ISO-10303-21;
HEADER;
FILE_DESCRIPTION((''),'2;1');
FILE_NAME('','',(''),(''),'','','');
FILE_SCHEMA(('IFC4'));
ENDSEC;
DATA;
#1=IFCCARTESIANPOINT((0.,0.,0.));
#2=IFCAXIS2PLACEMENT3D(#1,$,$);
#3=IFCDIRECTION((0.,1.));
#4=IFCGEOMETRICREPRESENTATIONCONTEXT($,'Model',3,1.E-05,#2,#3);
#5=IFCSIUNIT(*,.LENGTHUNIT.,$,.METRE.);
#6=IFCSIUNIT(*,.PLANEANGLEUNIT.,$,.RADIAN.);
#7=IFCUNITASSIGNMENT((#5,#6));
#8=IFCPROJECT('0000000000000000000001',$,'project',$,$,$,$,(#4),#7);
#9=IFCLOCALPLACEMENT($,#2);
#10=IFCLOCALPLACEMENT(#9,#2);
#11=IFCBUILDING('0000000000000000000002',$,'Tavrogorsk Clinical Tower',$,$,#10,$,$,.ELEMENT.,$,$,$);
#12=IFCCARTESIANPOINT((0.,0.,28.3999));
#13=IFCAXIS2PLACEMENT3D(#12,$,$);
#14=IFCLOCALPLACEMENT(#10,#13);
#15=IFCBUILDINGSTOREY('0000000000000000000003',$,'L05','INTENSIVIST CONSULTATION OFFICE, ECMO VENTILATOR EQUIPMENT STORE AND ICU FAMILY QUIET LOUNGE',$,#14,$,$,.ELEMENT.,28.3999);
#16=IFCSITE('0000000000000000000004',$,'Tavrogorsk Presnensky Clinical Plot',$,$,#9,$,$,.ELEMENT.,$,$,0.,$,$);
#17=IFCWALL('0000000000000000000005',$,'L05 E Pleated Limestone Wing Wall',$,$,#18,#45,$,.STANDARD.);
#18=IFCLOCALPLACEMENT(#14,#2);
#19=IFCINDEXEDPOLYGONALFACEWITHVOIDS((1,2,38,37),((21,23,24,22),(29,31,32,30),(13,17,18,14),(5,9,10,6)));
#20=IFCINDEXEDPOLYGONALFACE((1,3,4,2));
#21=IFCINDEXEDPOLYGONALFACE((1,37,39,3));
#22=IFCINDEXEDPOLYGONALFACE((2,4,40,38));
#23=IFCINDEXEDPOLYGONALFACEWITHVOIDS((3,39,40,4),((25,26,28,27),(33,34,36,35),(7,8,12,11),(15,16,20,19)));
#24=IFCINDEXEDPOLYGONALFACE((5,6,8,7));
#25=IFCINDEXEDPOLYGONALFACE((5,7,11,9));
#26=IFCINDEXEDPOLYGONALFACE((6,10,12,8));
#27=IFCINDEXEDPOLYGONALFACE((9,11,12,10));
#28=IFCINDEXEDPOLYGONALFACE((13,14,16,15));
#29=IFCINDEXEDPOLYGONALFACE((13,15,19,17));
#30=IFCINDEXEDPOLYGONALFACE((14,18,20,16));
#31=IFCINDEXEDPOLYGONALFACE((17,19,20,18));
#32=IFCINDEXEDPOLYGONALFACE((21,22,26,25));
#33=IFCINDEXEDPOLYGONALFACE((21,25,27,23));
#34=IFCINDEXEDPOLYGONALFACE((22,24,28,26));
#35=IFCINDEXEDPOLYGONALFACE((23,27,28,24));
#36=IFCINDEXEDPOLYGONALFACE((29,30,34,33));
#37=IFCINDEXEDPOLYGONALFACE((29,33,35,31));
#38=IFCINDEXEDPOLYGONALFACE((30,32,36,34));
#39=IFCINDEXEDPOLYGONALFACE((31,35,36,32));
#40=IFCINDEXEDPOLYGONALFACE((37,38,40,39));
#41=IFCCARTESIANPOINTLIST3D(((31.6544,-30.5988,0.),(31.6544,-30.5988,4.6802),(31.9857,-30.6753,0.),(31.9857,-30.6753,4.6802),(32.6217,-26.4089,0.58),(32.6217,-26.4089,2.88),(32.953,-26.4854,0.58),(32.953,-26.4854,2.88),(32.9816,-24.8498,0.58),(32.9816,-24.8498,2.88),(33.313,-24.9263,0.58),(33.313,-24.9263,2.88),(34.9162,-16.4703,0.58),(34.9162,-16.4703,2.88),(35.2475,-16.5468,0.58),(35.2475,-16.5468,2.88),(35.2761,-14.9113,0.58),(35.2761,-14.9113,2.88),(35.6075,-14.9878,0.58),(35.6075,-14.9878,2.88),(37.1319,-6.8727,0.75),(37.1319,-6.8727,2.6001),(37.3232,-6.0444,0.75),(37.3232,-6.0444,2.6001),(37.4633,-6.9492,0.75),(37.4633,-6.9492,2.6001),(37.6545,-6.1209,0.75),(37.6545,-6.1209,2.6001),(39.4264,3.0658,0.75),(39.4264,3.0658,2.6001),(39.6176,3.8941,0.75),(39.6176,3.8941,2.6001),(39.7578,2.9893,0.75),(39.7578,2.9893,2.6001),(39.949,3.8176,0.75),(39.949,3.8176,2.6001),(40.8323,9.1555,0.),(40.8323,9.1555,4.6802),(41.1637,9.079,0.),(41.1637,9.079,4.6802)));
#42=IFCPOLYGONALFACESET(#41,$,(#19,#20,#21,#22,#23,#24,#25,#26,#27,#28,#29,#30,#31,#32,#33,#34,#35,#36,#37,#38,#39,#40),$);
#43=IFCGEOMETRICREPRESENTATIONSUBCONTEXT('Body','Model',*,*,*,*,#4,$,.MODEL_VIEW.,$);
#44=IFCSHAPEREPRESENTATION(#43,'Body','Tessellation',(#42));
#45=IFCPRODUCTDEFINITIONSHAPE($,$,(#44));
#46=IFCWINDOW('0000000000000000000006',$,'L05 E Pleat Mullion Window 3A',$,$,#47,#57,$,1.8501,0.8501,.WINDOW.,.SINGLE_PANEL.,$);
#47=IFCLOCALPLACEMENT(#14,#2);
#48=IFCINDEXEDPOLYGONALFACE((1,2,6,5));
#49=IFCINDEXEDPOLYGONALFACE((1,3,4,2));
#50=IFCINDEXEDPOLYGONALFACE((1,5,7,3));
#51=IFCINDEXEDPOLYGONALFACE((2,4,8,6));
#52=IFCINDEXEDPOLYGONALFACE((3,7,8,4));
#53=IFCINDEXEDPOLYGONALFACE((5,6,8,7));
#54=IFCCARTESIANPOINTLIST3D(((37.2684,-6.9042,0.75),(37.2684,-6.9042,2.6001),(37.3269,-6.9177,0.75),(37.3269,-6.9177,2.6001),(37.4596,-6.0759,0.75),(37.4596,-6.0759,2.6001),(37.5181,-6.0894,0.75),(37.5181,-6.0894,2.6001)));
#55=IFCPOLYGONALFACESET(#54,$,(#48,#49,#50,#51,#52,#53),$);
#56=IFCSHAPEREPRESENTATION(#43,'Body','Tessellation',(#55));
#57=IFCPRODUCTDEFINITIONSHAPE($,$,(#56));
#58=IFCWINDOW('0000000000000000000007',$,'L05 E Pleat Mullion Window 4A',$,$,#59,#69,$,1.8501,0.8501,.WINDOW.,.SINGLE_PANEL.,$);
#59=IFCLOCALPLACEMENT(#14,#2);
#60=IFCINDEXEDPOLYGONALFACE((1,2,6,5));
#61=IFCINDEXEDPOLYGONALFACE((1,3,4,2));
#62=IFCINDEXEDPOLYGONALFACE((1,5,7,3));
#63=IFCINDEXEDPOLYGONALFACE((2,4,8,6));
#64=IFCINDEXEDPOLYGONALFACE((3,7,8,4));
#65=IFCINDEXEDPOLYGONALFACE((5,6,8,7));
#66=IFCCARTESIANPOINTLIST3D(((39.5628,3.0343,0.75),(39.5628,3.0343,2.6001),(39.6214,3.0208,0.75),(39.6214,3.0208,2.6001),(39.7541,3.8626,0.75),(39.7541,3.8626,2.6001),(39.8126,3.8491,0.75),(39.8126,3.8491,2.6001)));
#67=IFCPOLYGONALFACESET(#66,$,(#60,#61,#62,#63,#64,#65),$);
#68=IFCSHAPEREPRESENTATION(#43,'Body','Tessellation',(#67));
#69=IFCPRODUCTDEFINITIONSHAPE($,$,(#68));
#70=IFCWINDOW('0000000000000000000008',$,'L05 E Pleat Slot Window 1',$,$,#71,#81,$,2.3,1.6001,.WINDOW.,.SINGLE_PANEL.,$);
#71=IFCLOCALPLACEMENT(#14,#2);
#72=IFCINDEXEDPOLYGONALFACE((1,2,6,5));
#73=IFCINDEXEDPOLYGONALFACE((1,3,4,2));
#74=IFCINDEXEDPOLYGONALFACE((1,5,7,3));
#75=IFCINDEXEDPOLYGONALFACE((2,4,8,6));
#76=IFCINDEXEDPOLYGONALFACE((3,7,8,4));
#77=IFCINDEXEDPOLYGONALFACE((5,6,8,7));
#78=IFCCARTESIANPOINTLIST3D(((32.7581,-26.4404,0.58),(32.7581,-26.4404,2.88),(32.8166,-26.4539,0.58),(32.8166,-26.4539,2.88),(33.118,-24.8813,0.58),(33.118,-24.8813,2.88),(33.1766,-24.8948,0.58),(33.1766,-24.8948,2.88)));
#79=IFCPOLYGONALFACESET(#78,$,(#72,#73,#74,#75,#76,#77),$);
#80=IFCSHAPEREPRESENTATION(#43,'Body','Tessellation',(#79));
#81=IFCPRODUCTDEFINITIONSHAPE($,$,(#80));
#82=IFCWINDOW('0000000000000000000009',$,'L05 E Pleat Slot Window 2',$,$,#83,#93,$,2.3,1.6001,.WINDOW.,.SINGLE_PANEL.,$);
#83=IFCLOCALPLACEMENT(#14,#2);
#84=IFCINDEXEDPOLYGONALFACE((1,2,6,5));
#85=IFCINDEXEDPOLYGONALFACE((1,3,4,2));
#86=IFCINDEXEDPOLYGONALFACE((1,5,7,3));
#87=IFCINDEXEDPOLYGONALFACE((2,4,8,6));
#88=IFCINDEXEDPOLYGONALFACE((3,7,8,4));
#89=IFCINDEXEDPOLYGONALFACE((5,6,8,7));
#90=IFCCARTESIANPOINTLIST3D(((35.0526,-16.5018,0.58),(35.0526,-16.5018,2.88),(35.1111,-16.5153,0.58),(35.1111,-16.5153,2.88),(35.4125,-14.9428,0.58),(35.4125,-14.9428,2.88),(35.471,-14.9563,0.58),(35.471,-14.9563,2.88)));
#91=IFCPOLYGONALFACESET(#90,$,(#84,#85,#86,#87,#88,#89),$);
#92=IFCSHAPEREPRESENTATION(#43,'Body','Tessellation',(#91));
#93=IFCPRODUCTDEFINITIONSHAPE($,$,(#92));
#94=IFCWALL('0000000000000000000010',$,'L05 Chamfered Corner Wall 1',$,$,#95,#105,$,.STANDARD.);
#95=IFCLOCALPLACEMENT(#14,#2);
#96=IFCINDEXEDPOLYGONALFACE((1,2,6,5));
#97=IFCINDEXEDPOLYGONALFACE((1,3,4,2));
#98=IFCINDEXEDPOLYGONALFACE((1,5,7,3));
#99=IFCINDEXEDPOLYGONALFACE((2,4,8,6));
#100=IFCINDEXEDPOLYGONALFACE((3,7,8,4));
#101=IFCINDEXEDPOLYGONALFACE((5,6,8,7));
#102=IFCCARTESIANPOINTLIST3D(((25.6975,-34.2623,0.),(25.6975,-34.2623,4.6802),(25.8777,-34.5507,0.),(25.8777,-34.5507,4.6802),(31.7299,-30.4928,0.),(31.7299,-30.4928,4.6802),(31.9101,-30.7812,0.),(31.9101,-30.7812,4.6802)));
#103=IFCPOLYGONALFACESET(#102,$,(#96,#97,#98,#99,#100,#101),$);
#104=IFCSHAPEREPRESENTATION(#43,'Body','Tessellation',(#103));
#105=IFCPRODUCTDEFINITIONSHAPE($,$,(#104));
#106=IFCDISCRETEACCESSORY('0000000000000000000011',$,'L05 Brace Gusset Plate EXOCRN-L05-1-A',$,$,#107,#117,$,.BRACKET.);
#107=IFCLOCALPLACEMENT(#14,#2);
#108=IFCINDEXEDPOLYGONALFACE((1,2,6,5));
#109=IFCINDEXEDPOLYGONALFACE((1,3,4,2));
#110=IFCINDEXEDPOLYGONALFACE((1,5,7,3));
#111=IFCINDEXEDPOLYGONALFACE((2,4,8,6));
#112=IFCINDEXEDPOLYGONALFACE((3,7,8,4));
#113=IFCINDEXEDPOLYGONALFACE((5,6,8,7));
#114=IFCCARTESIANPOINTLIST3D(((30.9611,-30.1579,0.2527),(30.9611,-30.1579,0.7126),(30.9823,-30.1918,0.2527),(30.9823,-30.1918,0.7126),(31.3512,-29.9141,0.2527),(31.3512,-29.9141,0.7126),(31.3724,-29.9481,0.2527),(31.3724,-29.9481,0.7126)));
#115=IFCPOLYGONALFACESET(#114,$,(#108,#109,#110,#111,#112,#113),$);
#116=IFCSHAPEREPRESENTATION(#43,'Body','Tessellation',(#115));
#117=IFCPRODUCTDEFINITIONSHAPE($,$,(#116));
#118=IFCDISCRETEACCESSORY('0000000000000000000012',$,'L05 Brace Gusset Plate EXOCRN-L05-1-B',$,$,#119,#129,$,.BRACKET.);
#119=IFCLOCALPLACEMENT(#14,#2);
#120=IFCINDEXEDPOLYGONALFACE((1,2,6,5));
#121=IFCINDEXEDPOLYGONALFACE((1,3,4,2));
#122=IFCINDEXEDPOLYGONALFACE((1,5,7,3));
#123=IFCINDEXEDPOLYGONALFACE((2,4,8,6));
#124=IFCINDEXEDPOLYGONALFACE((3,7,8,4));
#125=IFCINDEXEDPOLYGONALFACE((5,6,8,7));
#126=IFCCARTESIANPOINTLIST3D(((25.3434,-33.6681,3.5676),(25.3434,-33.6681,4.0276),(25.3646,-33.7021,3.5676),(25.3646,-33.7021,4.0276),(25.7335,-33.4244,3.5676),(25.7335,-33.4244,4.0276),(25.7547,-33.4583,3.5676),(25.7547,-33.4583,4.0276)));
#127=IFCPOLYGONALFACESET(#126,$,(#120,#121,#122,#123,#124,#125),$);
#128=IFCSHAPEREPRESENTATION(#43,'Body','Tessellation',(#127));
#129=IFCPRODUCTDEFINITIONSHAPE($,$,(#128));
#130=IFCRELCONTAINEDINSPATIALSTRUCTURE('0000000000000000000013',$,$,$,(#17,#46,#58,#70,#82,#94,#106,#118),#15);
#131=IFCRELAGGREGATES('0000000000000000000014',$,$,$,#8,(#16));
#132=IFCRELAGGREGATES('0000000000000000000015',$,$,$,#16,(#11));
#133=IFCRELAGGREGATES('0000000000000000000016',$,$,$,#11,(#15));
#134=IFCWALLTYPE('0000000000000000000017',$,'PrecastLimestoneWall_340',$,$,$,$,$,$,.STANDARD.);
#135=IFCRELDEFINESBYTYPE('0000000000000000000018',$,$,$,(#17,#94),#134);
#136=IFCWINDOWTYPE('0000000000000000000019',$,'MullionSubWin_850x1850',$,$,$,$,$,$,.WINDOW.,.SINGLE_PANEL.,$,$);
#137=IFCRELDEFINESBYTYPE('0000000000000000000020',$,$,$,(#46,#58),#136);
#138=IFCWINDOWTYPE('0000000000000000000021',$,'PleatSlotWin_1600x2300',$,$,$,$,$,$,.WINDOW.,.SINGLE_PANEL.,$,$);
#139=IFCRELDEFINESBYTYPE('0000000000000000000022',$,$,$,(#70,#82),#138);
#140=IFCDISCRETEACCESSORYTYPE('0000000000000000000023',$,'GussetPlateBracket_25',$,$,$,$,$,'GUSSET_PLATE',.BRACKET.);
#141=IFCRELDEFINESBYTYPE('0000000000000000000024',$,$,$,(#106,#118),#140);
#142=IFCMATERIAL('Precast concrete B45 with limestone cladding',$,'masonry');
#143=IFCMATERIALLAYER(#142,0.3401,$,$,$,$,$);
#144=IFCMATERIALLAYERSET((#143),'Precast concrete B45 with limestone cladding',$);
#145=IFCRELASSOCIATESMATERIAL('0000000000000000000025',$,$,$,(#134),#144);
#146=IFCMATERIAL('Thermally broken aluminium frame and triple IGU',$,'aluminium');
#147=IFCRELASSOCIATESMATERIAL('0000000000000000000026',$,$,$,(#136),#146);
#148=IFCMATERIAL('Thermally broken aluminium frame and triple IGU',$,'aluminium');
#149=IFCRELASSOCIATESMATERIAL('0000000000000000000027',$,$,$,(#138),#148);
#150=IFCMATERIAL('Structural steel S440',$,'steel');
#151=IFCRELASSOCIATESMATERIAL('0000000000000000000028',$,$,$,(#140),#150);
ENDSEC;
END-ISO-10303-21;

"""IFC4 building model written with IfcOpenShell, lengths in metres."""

from ifc_helpers import new_model, si_unit, direction, frame, frame_2d, origin, origin_2d, place, context, subcontext, project, spatial, rectangle, extrude, material, layer, layer_set, type_object, element, fill, save


model = new_model("IFC4")

# Units and contexts
model_context = context("Model", 3, precision=1e-05, world=origin(), true_north=direction((0.0, 1.0)))
body_context = subcontext(model_context, "Body", "Model", "MODEL_VIEW")
ifc_project = project(units=[si_unit("LENGTHUNIT", "METRE"), si_unit("PLANEANGLEUNIT", "RADIAN")], contexts=[model_context])

# Site, building, storey
site_placement = place(None, origin())
site = spatial("IfcSite", under=ifc_project, at=site_placement, Name="Tavrogorsk Presnensky Clinical Plot", CompositionType="ELEMENT", RefElevation=0.0)
building_placement = place(site_placement, origin())
building = spatial("IfcBuilding", under=site, at=building_placement, Name="Tavrogorsk Clinical Tower", CompositionType="ELEMENT")
storey_placement = place(building_placement, frame((0.0, 0.0, 28.3999)))
storey = spatial("IfcBuildingStorey", under=building, at=storey_placement, Name="L05", Description="INTENSIVIST CONSULTATION OFFICE, ECMO VENTILATOR EQUIPMENT STORE AND ICU FAMILY QUIET LOUNGE", CompositionType="ELEMENT", Elevation=28.3999)

# Wall, openings, windows
ifc_material_1 = material(Name="Precast concrete B45 with limestone cladding", Category="masonry")
ifc_layer_1 = layer(ifc_material_1, 0.3401)
ifc_layer_set_1 = layer_set([ifc_layer_1], Name="Precast concrete B45 with limestone cladding")
wall_type_1 = type_object("IfcWallType", Name="PrecastLimestoneWall_340", PredefinedType="STANDARD", material=ifc_layer_set_1)
wall_1_placement = place(storey_placement, frame((31.8201, -30.637, 0.0), z_axis=(0.0, 0.0, 1.0), x_axis=(0.22495, 0.97437, 0.0)))
wall_1 = element("IfcWall", 1, at=wall_1_placement, inside=storey, type_object=wall_type_1, Name="L05 E Pleated Limestone Wing Wall", PredefinedType="STANDARD", context=body_context, shape_type="SweptSolid", body=[
    extrude(rectangle(XDim=40.8, YDim=0.3401, at=frame_2d((20.3999, 0.0))), origin(), (0.0, 0.0, 1.0), 4.6802),
])
opening_1_placement = place(wall_1_placement, frame((4.3, 0.0, 0.5801)))
opening_1 = element("IfcOpeningElement", 2, at=opening_1_placement, cuts=wall_1, PredefinedType="OPENING", context=body_context, shape_type="SweptSolid", body=[
    extrude(rectangle(XDim=1.6001, YDim=2.3, at=frame_2d((0.8, 1.1499))), frame((0.0, 0.1799, 0.0), z_axis=(0.0, -1.0, 0.0), x_axis=(1.0, 0.0, 0.0)), (0.0, 0.0, 1.0), 0.3601),
])
opening_2_placement = place(wall_1_placement, frame((14.5, 0.0, 0.5801)))
opening_2 = element("IfcOpeningElement", 3, at=opening_2_placement, cuts=wall_1, PredefinedType="OPENING", context=body_context, shape_type="SweptSolid", body=[
    extrude(rectangle(XDim=1.6001, YDim=2.3, at=frame_2d((0.8, 1.1499))), frame((0.0, 0.1799, 0.0), z_axis=(0.0, -1.0, 0.0), x_axis=(1.0, 0.0, 0.0)), (0.0, 0.0, 1.0), 0.3601),
])
opening_3_placement = place(wall_1_placement, frame((24.3501, 0.0, 0.75)))
opening_3 = element("IfcOpeningElement", 4, at=opening_3_placement, cuts=wall_1, PredefinedType="OPENING", context=body_context, shape_type="SweptSolid", body=[
    extrude(rectangle(XDim=0.8501, YDim=1.8501, at=frame_2d((0.425, 0.925))), frame((0.0, 0.1799, 0.0), z_axis=(0.0, -1.0, 0.0), x_axis=(1.0, 0.0, 0.0)), (0.0, 0.0, 1.0), 0.3601),
])
opening_4_placement = place(wall_1_placement, frame((34.55, 0.0, 0.75)))
opening_4 = element("IfcOpeningElement", 5, at=opening_4_placement, cuts=wall_1, PredefinedType="OPENING", context=body_context, shape_type="SweptSolid", body=[
    extrude(rectangle(XDim=0.8501, YDim=1.8501, at=frame_2d((0.425, 0.925))), frame((0.0, 0.1799, 0.0), z_axis=(0.0, -1.0, 0.0), x_axis=(1.0, 0.0, 0.0)), (0.0, 0.0, 1.0), 0.3601),
])
ifc_material_2 = material(Name="Thermally broken aluminium frame and triple IGU", Category="aluminium")
window_type_1 = type_object("IfcWindowType", Name="MullionSubWin_850x1850", PartitioningType="SINGLE_PANEL", PredefinedType="WINDOW", material=ifc_material_2)
window_1_placement = place(opening_3_placement, origin())
window_1 = element("IfcWindow", 6, at=window_1_placement, inside=storey, type_object=window_type_1, Name="L05 E Pleat Mullion Window 3A", OverallHeight=1.8501, OverallWidth=0.8501, PartitioningType="SINGLE_PANEL", PredefinedType="WINDOW", context=body_context, shape_type="SweptSolid", body=[
    extrude(rectangle(XDim=0.8501, YDim=1.8501, at=frame_2d((0.425, 0.925))), frame((0.0, 0.03, 0.0), z_axis=(0.0, -1.0, 0.0), x_axis=(1.0, 0.0, 0.0)), (0.0, 0.0, 1.0), 0.0601),
])
fill(opening_3, window_1)
window_2_placement = place(opening_4_placement, origin())
window_2 = element("IfcWindow", 7, at=window_2_placement, inside=storey, type_object=window_type_1, Name="L05 E Pleat Mullion Window 4A", OverallHeight=1.8501, OverallWidth=0.8501, PartitioningType="SINGLE_PANEL", PredefinedType="WINDOW", context=body_context, shape_type="SweptSolid", body=[
    extrude(rectangle(XDim=0.8501, YDim=1.8501, at=frame_2d((0.425, 0.925))), frame((0.0, 0.03, 0.0), z_axis=(0.0, -1.0, 0.0), x_axis=(1.0, 0.0, 0.0)), (0.0, 0.0, 1.0), 0.0601),
])
fill(opening_4, window_2)
ifc_material_3 = material(Name="Thermally broken aluminium frame and triple IGU", Category="aluminium")
window_type_2 = type_object("IfcWindowType", Name="PleatSlotWin_1600x2300", PartitioningType="SINGLE_PANEL", PredefinedType="WINDOW", material=ifc_material_3)
window_3_placement = place(opening_1_placement, origin())
window_3 = element("IfcWindow", 8, at=window_3_placement, inside=storey, type_object=window_type_2, Name="L05 E Pleat Slot Window 1", OverallHeight=2.3, OverallWidth=1.6001, PartitioningType="SINGLE_PANEL", PredefinedType="WINDOW", context=body_context, shape_type="SweptSolid", body=[
    extrude(rectangle(XDim=1.6001, YDim=2.3, at=frame_2d((0.8, 1.1499))), frame((0.0, 0.03, 0.0), z_axis=(0.0, -1.0, 0.0), x_axis=(1.0, 0.0, 0.0)), (0.0, 0.0, 1.0), 0.0601),
])
fill(opening_1, window_3)
window_4_placement = place(opening_2_placement, origin())
window_4 = element("IfcWindow", 9, at=window_4_placement, inside=storey, type_object=window_type_2, Name="L05 E Pleat Slot Window 2", OverallHeight=2.3, OverallWidth=1.6001, PartitioningType="SINGLE_PANEL", PredefinedType="WINDOW", context=body_context, shape_type="SweptSolid", body=[
    extrude(rectangle(XDim=1.6001, YDim=2.3, at=frame_2d((0.8, 1.1499))), frame((0.0, 0.03, 0.0), z_axis=(0.0, -1.0, 0.0), x_axis=(1.0, 0.0, 0.0)), (0.0, 0.0, 1.0), 0.0601),
])
fill(opening_2, window_4)

# Wall
wall_2_placement = place(storey_placement, frame((25.7876, -34.4065, 0.0), z_axis=(0.0, 0.0, 1.0), x_axis=(0.848047, 0.529922, 0.0)))
element("IfcWall", 10, at=wall_2_placement, inside=storey, type_object=wall_type_1, Name="L05 Chamfered Corner Wall 1", PredefinedType="STANDARD", context=body_context, shape_type="SweptSolid", body=[
    extrude(rectangle(XDim=7.1133, YDim=0.3401, at=frame_2d((3.5566, 0.0))), origin(), (0.0, 0.0, 1.0), 4.6802),
])

# Discrete accessories
ifc_material_4 = material(Name="Structural steel S440", Category="steel")
discrete_accessory_type = type_object("IfcDiscreteAccessoryType", Name="GussetPlateBracket_25", ElementType="GUSSET_PLATE", PredefinedType="BRACKET", material=ifc_material_4)
for number, where, z_axis, x_axis, name in (
    (11, (31.1667, -30.053, 0.2527), (0.0, 0.0, 1.0), (-0.848048, -0.529919, 0.0), "L05 Brace Gusset Plate EXOCRN-L05-1-A"),
    (12, (25.5491, -33.5632, 3.5676), (0.0, 0.0, 1.0), (-0.848048, -0.529919, 0.0), "L05 Brace Gusset Plate EXOCRN-L05-1-B"),
):
    element("IfcDiscreteAccessory", number, at=place(storey_placement, frame(where, z_axis=z_axis, x_axis=x_axis)), inside=storey, type_object=discrete_accessory_type, Name=name, PredefinedType="BRACKET", context=body_context, shape_type="SweptSolid", body=[
        extrude(rectangle(XDim=0.46, YDim=0.04, at=origin_2d()), origin(), (0.0, 0.0, 1.0), 0.46),
    ])

save(model, "model.ifc")
